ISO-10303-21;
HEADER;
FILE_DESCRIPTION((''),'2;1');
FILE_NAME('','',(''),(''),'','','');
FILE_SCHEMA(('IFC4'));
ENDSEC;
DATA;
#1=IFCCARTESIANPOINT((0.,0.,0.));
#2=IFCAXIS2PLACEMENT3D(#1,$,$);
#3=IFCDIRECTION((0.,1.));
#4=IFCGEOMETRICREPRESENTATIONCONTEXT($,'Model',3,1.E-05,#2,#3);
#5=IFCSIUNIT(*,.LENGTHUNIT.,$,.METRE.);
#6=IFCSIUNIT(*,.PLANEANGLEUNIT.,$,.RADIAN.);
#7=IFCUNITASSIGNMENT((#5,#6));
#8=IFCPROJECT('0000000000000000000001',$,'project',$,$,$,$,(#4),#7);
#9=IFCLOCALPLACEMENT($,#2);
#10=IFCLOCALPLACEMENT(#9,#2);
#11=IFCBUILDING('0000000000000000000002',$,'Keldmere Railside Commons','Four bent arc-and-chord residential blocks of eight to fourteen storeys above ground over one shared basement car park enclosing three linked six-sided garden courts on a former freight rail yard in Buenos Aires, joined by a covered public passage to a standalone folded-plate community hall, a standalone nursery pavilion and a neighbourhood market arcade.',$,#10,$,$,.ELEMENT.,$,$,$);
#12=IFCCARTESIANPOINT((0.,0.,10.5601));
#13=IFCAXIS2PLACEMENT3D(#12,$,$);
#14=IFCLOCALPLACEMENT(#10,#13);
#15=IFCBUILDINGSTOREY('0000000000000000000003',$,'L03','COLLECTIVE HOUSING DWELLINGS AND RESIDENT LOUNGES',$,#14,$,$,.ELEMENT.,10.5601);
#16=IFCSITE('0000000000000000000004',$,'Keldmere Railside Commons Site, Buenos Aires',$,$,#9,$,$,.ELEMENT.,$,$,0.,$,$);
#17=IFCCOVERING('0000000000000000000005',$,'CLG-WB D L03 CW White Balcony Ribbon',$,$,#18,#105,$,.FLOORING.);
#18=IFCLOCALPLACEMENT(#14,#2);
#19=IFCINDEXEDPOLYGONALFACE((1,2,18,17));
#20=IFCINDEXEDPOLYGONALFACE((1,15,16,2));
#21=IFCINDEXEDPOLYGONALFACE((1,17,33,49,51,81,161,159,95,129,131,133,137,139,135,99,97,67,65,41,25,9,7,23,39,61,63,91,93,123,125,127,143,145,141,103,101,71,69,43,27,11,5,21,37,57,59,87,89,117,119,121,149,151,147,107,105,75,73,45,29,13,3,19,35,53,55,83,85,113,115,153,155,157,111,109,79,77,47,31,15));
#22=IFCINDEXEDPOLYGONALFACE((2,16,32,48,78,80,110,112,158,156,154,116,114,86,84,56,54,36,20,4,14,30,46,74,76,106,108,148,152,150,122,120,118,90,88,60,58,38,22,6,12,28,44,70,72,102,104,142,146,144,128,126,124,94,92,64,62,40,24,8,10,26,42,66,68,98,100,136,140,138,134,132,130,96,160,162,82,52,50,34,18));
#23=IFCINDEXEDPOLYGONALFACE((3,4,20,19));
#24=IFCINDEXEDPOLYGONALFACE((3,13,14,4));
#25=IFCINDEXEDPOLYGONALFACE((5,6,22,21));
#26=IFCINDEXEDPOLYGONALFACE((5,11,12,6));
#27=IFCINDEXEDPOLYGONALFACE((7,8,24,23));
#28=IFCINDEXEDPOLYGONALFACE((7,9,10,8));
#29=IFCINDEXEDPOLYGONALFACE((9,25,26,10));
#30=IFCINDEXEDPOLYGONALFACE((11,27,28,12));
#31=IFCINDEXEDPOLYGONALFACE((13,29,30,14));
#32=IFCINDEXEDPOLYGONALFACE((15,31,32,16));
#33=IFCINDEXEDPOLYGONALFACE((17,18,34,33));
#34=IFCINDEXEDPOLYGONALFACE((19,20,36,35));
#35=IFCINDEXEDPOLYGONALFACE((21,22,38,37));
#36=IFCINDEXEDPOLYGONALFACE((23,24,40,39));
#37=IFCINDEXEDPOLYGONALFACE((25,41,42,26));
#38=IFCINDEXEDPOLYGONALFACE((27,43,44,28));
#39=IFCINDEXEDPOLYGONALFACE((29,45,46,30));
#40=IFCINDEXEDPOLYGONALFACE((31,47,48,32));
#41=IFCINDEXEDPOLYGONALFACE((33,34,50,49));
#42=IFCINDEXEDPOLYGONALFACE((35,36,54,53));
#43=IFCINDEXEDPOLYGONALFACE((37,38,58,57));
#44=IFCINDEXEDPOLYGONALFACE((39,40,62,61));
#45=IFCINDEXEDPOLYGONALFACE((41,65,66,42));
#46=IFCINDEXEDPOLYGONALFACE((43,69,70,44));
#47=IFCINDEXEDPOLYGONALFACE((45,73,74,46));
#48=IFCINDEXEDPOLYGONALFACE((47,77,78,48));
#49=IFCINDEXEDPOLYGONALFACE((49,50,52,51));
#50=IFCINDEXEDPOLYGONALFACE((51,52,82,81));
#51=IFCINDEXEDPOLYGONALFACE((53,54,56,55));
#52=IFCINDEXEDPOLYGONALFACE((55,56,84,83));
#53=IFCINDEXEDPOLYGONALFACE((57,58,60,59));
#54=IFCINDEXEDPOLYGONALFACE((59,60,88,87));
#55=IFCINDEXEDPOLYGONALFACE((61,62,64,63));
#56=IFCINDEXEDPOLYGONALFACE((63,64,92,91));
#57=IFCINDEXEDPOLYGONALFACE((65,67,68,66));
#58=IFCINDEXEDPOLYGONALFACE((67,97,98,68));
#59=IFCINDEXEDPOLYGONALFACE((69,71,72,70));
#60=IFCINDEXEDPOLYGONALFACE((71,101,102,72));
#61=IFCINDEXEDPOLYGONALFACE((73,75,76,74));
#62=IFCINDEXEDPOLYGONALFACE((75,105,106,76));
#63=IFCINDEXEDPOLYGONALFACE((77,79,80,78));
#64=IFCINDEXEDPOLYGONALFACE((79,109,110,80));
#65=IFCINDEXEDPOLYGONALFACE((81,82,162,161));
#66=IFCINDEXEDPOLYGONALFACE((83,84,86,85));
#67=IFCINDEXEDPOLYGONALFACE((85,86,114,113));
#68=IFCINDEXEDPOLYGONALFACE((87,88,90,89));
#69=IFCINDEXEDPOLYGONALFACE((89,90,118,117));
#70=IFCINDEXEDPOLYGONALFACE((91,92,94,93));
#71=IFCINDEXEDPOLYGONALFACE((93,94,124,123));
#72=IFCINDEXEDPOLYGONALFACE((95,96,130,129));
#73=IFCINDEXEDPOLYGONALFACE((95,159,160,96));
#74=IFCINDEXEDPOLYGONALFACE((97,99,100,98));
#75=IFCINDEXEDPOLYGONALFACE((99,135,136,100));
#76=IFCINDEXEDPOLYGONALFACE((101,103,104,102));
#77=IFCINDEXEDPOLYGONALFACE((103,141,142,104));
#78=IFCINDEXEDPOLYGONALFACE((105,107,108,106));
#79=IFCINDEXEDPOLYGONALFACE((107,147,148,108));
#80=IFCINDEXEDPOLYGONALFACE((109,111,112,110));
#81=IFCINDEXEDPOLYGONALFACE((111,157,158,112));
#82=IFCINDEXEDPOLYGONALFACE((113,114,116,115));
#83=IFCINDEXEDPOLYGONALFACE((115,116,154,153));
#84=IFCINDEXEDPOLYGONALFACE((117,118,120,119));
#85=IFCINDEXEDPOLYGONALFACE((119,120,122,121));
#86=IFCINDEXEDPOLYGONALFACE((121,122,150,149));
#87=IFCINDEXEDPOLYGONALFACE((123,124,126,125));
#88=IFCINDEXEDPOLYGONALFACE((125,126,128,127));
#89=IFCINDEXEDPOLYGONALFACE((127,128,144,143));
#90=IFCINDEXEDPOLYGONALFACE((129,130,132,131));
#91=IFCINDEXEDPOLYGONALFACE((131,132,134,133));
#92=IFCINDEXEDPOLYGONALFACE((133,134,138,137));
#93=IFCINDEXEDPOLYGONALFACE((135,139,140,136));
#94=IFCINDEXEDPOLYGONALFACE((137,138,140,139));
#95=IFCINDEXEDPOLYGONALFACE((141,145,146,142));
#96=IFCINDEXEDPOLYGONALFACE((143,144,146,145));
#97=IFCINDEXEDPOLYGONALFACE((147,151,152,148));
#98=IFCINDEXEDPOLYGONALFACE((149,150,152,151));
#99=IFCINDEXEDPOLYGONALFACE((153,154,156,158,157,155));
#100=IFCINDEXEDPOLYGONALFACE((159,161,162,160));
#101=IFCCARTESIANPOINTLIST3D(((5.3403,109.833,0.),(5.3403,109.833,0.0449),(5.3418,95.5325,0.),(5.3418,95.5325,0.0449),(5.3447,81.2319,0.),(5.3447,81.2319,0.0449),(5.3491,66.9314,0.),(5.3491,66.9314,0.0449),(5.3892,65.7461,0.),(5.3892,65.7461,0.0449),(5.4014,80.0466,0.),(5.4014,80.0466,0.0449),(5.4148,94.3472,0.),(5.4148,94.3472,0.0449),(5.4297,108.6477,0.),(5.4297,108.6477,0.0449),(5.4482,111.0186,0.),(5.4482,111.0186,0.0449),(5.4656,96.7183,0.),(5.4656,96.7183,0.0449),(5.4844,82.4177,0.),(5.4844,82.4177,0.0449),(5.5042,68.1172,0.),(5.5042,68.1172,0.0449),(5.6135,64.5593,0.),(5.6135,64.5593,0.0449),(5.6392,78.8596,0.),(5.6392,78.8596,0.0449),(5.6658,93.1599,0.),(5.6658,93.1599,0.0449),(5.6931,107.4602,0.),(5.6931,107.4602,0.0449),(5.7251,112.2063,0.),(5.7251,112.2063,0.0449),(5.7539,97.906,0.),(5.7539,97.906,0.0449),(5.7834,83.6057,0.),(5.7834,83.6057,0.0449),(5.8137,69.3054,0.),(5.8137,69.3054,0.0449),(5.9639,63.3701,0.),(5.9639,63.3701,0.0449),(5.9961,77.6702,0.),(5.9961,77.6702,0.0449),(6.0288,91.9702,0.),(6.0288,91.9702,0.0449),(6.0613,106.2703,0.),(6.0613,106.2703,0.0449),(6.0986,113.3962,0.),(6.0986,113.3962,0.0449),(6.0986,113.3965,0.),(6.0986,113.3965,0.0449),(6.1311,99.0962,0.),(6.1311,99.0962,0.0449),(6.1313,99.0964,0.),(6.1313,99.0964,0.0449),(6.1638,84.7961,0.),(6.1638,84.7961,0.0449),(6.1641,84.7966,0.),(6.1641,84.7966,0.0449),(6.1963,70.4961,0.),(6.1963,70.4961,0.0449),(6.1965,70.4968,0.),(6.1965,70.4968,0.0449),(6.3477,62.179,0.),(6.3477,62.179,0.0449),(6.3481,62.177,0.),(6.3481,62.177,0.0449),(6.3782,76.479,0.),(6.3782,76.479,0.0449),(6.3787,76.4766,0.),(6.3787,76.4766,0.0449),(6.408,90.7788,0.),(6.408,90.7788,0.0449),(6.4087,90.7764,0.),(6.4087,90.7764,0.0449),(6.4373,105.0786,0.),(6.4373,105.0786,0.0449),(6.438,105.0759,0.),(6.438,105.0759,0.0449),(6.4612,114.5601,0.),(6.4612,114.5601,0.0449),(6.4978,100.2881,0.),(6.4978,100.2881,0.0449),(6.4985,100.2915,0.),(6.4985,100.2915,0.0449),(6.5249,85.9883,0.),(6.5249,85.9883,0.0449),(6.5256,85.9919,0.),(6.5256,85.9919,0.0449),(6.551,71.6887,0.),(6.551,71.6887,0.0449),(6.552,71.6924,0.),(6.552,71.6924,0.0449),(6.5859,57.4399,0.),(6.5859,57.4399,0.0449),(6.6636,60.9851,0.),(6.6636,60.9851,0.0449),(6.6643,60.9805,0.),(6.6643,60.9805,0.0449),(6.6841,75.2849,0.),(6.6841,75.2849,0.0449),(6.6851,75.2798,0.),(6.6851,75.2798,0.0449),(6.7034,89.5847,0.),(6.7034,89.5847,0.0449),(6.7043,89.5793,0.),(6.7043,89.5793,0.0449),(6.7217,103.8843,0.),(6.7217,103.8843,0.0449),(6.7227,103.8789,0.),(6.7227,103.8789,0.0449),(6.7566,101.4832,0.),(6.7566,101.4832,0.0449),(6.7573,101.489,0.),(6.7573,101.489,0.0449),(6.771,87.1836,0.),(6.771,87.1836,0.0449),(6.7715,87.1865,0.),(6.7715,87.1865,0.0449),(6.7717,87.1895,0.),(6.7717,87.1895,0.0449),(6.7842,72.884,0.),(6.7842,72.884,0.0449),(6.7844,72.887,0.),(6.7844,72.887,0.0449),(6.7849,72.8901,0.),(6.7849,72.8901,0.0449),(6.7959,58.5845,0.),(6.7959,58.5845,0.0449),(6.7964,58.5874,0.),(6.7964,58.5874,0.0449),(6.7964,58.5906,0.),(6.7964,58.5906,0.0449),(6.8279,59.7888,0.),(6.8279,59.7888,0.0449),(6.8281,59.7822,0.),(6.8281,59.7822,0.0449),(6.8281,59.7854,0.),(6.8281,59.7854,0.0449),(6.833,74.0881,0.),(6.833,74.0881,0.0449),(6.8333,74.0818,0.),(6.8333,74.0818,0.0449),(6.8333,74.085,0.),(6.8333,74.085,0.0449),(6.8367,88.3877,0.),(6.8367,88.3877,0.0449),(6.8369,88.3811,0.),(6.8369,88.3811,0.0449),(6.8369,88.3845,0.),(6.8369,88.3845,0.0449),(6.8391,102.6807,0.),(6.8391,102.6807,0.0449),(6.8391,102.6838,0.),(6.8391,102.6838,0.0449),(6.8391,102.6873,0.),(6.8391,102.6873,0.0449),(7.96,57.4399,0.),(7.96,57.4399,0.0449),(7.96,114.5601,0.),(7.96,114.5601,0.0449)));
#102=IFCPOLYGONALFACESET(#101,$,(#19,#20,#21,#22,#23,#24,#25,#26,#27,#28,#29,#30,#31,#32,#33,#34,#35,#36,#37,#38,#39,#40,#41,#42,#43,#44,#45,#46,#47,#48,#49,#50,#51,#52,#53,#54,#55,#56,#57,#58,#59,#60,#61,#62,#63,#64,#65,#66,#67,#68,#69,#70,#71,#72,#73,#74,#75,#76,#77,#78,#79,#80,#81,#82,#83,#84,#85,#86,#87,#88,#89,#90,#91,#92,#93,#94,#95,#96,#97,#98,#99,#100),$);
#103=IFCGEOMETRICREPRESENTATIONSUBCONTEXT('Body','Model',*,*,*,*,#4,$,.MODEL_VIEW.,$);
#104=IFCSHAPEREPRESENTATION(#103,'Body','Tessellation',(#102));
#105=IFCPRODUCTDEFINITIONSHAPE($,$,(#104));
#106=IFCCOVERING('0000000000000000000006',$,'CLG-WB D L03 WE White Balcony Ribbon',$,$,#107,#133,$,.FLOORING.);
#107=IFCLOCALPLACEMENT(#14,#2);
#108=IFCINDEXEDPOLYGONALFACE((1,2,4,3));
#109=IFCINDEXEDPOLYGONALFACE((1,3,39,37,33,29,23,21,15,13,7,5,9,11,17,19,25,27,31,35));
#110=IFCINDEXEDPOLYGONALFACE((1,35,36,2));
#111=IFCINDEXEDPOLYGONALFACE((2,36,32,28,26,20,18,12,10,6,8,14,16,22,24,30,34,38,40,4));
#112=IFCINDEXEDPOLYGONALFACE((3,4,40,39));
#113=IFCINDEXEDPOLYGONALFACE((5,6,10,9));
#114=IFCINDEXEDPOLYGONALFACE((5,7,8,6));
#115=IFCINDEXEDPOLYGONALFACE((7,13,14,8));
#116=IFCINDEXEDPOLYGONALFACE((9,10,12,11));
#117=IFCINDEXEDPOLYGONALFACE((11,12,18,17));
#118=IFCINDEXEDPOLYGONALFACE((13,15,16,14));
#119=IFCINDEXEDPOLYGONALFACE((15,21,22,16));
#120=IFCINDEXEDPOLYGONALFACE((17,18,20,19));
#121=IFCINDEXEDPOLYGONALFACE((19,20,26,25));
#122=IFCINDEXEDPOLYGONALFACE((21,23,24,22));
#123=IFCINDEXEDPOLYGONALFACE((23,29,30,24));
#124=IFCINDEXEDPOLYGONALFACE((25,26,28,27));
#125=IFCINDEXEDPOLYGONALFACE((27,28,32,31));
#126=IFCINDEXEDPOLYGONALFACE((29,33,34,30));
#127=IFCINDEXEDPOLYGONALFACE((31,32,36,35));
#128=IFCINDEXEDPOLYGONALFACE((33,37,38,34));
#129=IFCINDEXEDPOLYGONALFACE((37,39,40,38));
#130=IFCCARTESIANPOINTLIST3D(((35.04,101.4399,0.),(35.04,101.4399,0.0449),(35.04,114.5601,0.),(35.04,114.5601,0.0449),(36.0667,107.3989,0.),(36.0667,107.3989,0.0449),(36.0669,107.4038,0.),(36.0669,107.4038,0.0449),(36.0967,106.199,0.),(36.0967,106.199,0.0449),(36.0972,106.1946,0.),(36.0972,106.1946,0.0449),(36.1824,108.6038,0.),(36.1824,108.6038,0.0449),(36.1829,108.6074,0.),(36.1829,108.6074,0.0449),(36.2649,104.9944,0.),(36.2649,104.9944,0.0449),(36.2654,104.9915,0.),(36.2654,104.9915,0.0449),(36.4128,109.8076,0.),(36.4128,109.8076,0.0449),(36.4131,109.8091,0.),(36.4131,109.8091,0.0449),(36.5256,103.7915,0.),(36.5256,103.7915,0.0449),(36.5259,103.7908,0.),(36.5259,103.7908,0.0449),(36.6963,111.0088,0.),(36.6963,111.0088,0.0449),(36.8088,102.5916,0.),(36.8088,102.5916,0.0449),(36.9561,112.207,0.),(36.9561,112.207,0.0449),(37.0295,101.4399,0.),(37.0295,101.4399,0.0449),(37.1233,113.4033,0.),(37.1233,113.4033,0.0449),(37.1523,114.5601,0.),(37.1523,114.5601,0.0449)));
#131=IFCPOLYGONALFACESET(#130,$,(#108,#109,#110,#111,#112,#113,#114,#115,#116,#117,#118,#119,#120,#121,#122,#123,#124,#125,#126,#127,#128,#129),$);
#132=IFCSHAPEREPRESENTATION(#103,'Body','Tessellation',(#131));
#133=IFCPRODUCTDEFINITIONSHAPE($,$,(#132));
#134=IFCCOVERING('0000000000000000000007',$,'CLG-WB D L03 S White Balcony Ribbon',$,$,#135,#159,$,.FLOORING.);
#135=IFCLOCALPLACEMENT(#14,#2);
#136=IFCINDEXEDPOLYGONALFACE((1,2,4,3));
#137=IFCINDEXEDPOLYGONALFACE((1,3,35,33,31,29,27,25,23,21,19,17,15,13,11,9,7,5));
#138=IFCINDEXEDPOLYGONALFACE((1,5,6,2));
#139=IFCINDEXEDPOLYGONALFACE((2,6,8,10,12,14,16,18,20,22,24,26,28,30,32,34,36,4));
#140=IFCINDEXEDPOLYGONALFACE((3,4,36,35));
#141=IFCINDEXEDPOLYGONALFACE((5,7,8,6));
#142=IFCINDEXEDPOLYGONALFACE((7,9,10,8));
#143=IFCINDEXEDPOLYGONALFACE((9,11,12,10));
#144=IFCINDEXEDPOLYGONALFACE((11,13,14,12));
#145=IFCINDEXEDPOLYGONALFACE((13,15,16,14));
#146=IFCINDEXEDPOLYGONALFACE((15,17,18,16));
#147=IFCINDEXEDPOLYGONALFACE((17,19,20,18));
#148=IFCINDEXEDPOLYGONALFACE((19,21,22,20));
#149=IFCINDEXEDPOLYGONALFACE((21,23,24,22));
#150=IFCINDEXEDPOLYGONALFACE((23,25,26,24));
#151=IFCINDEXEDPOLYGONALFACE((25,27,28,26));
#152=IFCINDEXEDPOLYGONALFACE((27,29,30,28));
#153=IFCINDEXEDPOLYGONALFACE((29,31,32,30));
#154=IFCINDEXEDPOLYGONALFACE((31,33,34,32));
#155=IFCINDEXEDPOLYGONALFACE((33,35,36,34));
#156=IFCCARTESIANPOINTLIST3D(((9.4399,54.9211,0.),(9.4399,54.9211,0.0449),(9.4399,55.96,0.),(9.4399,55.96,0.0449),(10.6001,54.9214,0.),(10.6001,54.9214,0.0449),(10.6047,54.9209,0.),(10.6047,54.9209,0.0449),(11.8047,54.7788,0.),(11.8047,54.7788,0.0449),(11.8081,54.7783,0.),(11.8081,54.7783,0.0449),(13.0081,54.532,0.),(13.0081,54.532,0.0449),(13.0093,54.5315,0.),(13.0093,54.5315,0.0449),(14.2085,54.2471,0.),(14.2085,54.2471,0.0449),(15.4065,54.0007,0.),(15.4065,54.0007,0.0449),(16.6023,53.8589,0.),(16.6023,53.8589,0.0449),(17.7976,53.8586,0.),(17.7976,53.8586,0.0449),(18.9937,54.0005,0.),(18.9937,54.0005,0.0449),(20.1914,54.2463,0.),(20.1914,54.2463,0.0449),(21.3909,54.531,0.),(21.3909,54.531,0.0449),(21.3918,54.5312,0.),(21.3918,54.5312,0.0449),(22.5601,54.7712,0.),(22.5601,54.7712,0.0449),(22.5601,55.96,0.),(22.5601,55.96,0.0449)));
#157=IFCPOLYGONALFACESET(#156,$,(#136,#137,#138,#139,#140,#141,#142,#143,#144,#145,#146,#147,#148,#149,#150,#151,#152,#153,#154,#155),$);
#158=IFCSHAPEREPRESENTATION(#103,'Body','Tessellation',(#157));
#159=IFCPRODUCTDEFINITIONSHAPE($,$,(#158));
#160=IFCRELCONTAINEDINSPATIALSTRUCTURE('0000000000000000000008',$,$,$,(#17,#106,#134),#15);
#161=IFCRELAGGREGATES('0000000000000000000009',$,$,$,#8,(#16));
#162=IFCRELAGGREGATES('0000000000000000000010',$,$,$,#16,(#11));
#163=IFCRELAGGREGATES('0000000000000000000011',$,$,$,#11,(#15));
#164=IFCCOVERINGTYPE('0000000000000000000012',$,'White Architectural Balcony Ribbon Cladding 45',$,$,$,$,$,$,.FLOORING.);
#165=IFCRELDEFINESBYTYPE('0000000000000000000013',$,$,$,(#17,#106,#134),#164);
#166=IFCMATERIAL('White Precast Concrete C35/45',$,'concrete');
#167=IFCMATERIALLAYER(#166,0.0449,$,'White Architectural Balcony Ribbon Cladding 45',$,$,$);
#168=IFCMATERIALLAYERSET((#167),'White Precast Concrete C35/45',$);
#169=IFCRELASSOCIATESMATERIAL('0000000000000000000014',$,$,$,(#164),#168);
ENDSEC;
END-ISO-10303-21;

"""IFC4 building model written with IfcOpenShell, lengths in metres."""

from ifc_helpers import new_model, si_unit, direction, frame, origin, place, context, subcontext, project, spatial, polyline, outline, extrude, material, layer, layer_set, type_object, element, save


model = new_model("IFC4")

# Units and contexts
model_context = context("Model", 3, precision=1e-05, world=origin(), true_north=direction((0.0, 1.0)))
body_context = subcontext(model_context, "Body", "Model", "MODEL_VIEW")
ifc_project = project(units=[si_unit("LENGTHUNIT", "METRE"), si_unit("PLANEANGLEUNIT", "RADIAN")], contexts=[model_context])

# Site, building, storey
site_placement = place(None, origin())
site = spatial("IfcSite", under=ifc_project, at=site_placement, Name="Keldmere Railside Commons Site, Buenos Aires", CompositionType="ELEMENT", RefElevation=0.0)
building_placement = place(site_placement, origin())
building = spatial("IfcBuilding", under=site, at=building_placement, Name="Keldmere Railside Commons", Description="Four bent arc-and-chord residential blocks of eight to fourteen storeys above ground over one shared basement car park enclosing three linked six-sided garden courts on a former freight rail yard in Buenos Aires, joined by a covered public passage to a standalone folded-plate community hall, a standalone nursery pavilion and a neighbourhood market arcade.", CompositionType="ELEMENT")
storey_placement = place(building_placement, frame((0.0, 0.0, 10.5601)))
storey = spatial("IfcBuildingStorey", under=building, at=storey_placement, Name="L03", Description="COLLECTIVE HOUSING DWELLINGS AND RESIDENT LOUNGES", CompositionType="ELEMENT", Elevation=10.5601)

# Coverings
ifc_material_1 = material(Name="White Precast Concrete C35/45", Category="concrete")
ifc_layer_1 = layer(ifc_material_1, 0.0449, Name="White Architectural Balcony Ribbon Cladding 45")
ifc_layer_set_1 = layer_set([ifc_layer_1], Name="White Precast Concrete C35/45")
covering_type_1 = type_object("IfcCoveringType", Name="White Architectural Balcony Ribbon Cladding 45", PredefinedType="FLOORING", material=ifc_layer_set_1)
covering_1_placement = place(storey_placement, origin())
element("IfcCovering", 1, at=covering_1_placement, inside=storey, type_object=covering_type_1, Name="CLG-WB D L03 CW White Balcony Ribbon", PredefinedType="FLOORING", context=body_context, shape_type="SweptSolid", body=[
    extrude(outline(polyline([(7.96, 114.5601), (6.4612, 114.5601), (6.0986, 113.3965), (6.0986, 113.3962), (5.7251, 112.2063), (5.4482, 111.0186), (5.3403, 109.833), (5.4297, 108.6477), (5.6931, 107.4602), (6.0613, 106.2703), (6.4373, 105.0786), (6.438, 105.0759), (6.7217, 103.8843), (6.7227, 103.8789), (6.8391, 102.6873), (6.8391, 102.6838), (6.8391, 102.6807), (6.7573, 101.489), (6.7566, 101.4832), (6.4985, 100.2915), (6.4978, 100.2881), (6.1313, 99.0964), (6.1311, 99.0962), (5.7539, 97.906), (5.4656, 96.7183), (5.3418, 95.5325), (5.4148, 94.3472), (5.6658, 93.1599), (6.0288, 91.9702), (6.408, 90.7788), (6.4087, 90.7764), (6.7034, 89.5847), (6.7043, 89.5793), (6.8367, 88.3877), (6.8369, 88.3845), (6.8369, 88.3811), (6.7717, 87.1895), (6.7715, 87.1865), (6.771, 87.1836), (6.5256, 85.9919), (6.5249, 85.9883), (6.1641, 84.7966), (6.1638, 84.7961), (5.7834, 83.6057), (5.4844, 82.4177), (5.3447, 81.2319), (5.4014, 80.0466), (5.6392, 78.8596), (5.9961, 77.6702), (6.3782, 76.479), (6.3787, 76.4766), (6.6841, 75.2849), (6.6851, 75.2798), (6.833, 74.0881), (6.8333, 74.085), (6.8333, 74.0818), (6.7849, 72.8901), (6.7844, 72.887), (6.7842, 72.884), (6.552, 71.6924), (6.551, 71.6887), (6.1965, 70.4968), (6.1963, 70.4961), (5.8137, 69.3054), (5.5042, 68.1172), (5.3491, 66.9314), (5.3892, 65.7461), (5.6135, 64.5593), (5.9639, 63.3701), (6.3477, 62.179), (6.3481, 62.177), (6.6636, 60.9851), (6.6643, 60.9805), (6.8279, 59.7888), (6.8281, 59.7854), (6.8281, 59.7822), (6.7964, 58.5906), (6.7964, 58.5874), (6.7959, 58.5845), (6.5859, 57.4399), (7.96, 57.4399), (7.96, 114.5601)])), origin(), (0.0, 0.0, 1.0), 0.0449),
])
covering_2_placement = place(storey_placement, origin())
element("IfcCovering", 2, at=covering_2_placement, inside=storey, type_object=covering_type_1, Name="CLG-WB D L03 WE White Balcony Ribbon", PredefinedType="FLOORING", context=body_context, shape_type="SweptSolid", body=[
    extrude(outline(polyline([(36.8088, 102.5916), (36.5259, 103.7908), (36.5256, 103.7915), (36.2654, 104.9915), (36.2649, 104.9944), (36.0972, 106.1946), (36.0967, 106.199), (36.0667, 107.3989), (36.0669, 107.4038), (36.1824, 108.6038), (36.1829, 108.6074), (36.4128, 109.8076), (36.4131, 109.8091), (36.6963, 111.0088), (36.9561, 112.207), (37.1233, 113.4033), (37.1523, 114.5601), (35.04, 114.5601), (35.04, 101.4399), (37.0295, 101.4399), (36.8088, 102.5916)])), origin(), (0.0, 0.0, 1.0), 0.0449),
])
covering_3_placement = place(storey_placement, origin())
element("IfcCovering", 3, at=covering_3_placement, inside=storey, type_object=covering_type_1, Name="CLG-WB D L03 S White Balcony Ribbon", PredefinedType="FLOORING", context=body_context, shape_type="SweptSolid", body=[
    extrude(outline(polyline([(10.6001, 54.9214), (10.6047, 54.9209), (11.8047, 54.7788), (11.8081, 54.7783), (13.0081, 54.532), (13.0093, 54.5315), (14.2085, 54.2471), (15.4065, 54.0007), (16.6023, 53.8589), (17.7976, 53.8586), (18.9937, 54.0005), (20.1914, 54.2463), (21.3909, 54.531), (21.3918, 54.5312), (22.5601, 54.7712), (22.5601, 55.96), (9.4399, 55.96), (9.4399, 54.9211), (10.6001, 54.9214)])), origin(), (0.0, 0.0, 1.0), 0.0449),
])

save(model, "model.ifc")
